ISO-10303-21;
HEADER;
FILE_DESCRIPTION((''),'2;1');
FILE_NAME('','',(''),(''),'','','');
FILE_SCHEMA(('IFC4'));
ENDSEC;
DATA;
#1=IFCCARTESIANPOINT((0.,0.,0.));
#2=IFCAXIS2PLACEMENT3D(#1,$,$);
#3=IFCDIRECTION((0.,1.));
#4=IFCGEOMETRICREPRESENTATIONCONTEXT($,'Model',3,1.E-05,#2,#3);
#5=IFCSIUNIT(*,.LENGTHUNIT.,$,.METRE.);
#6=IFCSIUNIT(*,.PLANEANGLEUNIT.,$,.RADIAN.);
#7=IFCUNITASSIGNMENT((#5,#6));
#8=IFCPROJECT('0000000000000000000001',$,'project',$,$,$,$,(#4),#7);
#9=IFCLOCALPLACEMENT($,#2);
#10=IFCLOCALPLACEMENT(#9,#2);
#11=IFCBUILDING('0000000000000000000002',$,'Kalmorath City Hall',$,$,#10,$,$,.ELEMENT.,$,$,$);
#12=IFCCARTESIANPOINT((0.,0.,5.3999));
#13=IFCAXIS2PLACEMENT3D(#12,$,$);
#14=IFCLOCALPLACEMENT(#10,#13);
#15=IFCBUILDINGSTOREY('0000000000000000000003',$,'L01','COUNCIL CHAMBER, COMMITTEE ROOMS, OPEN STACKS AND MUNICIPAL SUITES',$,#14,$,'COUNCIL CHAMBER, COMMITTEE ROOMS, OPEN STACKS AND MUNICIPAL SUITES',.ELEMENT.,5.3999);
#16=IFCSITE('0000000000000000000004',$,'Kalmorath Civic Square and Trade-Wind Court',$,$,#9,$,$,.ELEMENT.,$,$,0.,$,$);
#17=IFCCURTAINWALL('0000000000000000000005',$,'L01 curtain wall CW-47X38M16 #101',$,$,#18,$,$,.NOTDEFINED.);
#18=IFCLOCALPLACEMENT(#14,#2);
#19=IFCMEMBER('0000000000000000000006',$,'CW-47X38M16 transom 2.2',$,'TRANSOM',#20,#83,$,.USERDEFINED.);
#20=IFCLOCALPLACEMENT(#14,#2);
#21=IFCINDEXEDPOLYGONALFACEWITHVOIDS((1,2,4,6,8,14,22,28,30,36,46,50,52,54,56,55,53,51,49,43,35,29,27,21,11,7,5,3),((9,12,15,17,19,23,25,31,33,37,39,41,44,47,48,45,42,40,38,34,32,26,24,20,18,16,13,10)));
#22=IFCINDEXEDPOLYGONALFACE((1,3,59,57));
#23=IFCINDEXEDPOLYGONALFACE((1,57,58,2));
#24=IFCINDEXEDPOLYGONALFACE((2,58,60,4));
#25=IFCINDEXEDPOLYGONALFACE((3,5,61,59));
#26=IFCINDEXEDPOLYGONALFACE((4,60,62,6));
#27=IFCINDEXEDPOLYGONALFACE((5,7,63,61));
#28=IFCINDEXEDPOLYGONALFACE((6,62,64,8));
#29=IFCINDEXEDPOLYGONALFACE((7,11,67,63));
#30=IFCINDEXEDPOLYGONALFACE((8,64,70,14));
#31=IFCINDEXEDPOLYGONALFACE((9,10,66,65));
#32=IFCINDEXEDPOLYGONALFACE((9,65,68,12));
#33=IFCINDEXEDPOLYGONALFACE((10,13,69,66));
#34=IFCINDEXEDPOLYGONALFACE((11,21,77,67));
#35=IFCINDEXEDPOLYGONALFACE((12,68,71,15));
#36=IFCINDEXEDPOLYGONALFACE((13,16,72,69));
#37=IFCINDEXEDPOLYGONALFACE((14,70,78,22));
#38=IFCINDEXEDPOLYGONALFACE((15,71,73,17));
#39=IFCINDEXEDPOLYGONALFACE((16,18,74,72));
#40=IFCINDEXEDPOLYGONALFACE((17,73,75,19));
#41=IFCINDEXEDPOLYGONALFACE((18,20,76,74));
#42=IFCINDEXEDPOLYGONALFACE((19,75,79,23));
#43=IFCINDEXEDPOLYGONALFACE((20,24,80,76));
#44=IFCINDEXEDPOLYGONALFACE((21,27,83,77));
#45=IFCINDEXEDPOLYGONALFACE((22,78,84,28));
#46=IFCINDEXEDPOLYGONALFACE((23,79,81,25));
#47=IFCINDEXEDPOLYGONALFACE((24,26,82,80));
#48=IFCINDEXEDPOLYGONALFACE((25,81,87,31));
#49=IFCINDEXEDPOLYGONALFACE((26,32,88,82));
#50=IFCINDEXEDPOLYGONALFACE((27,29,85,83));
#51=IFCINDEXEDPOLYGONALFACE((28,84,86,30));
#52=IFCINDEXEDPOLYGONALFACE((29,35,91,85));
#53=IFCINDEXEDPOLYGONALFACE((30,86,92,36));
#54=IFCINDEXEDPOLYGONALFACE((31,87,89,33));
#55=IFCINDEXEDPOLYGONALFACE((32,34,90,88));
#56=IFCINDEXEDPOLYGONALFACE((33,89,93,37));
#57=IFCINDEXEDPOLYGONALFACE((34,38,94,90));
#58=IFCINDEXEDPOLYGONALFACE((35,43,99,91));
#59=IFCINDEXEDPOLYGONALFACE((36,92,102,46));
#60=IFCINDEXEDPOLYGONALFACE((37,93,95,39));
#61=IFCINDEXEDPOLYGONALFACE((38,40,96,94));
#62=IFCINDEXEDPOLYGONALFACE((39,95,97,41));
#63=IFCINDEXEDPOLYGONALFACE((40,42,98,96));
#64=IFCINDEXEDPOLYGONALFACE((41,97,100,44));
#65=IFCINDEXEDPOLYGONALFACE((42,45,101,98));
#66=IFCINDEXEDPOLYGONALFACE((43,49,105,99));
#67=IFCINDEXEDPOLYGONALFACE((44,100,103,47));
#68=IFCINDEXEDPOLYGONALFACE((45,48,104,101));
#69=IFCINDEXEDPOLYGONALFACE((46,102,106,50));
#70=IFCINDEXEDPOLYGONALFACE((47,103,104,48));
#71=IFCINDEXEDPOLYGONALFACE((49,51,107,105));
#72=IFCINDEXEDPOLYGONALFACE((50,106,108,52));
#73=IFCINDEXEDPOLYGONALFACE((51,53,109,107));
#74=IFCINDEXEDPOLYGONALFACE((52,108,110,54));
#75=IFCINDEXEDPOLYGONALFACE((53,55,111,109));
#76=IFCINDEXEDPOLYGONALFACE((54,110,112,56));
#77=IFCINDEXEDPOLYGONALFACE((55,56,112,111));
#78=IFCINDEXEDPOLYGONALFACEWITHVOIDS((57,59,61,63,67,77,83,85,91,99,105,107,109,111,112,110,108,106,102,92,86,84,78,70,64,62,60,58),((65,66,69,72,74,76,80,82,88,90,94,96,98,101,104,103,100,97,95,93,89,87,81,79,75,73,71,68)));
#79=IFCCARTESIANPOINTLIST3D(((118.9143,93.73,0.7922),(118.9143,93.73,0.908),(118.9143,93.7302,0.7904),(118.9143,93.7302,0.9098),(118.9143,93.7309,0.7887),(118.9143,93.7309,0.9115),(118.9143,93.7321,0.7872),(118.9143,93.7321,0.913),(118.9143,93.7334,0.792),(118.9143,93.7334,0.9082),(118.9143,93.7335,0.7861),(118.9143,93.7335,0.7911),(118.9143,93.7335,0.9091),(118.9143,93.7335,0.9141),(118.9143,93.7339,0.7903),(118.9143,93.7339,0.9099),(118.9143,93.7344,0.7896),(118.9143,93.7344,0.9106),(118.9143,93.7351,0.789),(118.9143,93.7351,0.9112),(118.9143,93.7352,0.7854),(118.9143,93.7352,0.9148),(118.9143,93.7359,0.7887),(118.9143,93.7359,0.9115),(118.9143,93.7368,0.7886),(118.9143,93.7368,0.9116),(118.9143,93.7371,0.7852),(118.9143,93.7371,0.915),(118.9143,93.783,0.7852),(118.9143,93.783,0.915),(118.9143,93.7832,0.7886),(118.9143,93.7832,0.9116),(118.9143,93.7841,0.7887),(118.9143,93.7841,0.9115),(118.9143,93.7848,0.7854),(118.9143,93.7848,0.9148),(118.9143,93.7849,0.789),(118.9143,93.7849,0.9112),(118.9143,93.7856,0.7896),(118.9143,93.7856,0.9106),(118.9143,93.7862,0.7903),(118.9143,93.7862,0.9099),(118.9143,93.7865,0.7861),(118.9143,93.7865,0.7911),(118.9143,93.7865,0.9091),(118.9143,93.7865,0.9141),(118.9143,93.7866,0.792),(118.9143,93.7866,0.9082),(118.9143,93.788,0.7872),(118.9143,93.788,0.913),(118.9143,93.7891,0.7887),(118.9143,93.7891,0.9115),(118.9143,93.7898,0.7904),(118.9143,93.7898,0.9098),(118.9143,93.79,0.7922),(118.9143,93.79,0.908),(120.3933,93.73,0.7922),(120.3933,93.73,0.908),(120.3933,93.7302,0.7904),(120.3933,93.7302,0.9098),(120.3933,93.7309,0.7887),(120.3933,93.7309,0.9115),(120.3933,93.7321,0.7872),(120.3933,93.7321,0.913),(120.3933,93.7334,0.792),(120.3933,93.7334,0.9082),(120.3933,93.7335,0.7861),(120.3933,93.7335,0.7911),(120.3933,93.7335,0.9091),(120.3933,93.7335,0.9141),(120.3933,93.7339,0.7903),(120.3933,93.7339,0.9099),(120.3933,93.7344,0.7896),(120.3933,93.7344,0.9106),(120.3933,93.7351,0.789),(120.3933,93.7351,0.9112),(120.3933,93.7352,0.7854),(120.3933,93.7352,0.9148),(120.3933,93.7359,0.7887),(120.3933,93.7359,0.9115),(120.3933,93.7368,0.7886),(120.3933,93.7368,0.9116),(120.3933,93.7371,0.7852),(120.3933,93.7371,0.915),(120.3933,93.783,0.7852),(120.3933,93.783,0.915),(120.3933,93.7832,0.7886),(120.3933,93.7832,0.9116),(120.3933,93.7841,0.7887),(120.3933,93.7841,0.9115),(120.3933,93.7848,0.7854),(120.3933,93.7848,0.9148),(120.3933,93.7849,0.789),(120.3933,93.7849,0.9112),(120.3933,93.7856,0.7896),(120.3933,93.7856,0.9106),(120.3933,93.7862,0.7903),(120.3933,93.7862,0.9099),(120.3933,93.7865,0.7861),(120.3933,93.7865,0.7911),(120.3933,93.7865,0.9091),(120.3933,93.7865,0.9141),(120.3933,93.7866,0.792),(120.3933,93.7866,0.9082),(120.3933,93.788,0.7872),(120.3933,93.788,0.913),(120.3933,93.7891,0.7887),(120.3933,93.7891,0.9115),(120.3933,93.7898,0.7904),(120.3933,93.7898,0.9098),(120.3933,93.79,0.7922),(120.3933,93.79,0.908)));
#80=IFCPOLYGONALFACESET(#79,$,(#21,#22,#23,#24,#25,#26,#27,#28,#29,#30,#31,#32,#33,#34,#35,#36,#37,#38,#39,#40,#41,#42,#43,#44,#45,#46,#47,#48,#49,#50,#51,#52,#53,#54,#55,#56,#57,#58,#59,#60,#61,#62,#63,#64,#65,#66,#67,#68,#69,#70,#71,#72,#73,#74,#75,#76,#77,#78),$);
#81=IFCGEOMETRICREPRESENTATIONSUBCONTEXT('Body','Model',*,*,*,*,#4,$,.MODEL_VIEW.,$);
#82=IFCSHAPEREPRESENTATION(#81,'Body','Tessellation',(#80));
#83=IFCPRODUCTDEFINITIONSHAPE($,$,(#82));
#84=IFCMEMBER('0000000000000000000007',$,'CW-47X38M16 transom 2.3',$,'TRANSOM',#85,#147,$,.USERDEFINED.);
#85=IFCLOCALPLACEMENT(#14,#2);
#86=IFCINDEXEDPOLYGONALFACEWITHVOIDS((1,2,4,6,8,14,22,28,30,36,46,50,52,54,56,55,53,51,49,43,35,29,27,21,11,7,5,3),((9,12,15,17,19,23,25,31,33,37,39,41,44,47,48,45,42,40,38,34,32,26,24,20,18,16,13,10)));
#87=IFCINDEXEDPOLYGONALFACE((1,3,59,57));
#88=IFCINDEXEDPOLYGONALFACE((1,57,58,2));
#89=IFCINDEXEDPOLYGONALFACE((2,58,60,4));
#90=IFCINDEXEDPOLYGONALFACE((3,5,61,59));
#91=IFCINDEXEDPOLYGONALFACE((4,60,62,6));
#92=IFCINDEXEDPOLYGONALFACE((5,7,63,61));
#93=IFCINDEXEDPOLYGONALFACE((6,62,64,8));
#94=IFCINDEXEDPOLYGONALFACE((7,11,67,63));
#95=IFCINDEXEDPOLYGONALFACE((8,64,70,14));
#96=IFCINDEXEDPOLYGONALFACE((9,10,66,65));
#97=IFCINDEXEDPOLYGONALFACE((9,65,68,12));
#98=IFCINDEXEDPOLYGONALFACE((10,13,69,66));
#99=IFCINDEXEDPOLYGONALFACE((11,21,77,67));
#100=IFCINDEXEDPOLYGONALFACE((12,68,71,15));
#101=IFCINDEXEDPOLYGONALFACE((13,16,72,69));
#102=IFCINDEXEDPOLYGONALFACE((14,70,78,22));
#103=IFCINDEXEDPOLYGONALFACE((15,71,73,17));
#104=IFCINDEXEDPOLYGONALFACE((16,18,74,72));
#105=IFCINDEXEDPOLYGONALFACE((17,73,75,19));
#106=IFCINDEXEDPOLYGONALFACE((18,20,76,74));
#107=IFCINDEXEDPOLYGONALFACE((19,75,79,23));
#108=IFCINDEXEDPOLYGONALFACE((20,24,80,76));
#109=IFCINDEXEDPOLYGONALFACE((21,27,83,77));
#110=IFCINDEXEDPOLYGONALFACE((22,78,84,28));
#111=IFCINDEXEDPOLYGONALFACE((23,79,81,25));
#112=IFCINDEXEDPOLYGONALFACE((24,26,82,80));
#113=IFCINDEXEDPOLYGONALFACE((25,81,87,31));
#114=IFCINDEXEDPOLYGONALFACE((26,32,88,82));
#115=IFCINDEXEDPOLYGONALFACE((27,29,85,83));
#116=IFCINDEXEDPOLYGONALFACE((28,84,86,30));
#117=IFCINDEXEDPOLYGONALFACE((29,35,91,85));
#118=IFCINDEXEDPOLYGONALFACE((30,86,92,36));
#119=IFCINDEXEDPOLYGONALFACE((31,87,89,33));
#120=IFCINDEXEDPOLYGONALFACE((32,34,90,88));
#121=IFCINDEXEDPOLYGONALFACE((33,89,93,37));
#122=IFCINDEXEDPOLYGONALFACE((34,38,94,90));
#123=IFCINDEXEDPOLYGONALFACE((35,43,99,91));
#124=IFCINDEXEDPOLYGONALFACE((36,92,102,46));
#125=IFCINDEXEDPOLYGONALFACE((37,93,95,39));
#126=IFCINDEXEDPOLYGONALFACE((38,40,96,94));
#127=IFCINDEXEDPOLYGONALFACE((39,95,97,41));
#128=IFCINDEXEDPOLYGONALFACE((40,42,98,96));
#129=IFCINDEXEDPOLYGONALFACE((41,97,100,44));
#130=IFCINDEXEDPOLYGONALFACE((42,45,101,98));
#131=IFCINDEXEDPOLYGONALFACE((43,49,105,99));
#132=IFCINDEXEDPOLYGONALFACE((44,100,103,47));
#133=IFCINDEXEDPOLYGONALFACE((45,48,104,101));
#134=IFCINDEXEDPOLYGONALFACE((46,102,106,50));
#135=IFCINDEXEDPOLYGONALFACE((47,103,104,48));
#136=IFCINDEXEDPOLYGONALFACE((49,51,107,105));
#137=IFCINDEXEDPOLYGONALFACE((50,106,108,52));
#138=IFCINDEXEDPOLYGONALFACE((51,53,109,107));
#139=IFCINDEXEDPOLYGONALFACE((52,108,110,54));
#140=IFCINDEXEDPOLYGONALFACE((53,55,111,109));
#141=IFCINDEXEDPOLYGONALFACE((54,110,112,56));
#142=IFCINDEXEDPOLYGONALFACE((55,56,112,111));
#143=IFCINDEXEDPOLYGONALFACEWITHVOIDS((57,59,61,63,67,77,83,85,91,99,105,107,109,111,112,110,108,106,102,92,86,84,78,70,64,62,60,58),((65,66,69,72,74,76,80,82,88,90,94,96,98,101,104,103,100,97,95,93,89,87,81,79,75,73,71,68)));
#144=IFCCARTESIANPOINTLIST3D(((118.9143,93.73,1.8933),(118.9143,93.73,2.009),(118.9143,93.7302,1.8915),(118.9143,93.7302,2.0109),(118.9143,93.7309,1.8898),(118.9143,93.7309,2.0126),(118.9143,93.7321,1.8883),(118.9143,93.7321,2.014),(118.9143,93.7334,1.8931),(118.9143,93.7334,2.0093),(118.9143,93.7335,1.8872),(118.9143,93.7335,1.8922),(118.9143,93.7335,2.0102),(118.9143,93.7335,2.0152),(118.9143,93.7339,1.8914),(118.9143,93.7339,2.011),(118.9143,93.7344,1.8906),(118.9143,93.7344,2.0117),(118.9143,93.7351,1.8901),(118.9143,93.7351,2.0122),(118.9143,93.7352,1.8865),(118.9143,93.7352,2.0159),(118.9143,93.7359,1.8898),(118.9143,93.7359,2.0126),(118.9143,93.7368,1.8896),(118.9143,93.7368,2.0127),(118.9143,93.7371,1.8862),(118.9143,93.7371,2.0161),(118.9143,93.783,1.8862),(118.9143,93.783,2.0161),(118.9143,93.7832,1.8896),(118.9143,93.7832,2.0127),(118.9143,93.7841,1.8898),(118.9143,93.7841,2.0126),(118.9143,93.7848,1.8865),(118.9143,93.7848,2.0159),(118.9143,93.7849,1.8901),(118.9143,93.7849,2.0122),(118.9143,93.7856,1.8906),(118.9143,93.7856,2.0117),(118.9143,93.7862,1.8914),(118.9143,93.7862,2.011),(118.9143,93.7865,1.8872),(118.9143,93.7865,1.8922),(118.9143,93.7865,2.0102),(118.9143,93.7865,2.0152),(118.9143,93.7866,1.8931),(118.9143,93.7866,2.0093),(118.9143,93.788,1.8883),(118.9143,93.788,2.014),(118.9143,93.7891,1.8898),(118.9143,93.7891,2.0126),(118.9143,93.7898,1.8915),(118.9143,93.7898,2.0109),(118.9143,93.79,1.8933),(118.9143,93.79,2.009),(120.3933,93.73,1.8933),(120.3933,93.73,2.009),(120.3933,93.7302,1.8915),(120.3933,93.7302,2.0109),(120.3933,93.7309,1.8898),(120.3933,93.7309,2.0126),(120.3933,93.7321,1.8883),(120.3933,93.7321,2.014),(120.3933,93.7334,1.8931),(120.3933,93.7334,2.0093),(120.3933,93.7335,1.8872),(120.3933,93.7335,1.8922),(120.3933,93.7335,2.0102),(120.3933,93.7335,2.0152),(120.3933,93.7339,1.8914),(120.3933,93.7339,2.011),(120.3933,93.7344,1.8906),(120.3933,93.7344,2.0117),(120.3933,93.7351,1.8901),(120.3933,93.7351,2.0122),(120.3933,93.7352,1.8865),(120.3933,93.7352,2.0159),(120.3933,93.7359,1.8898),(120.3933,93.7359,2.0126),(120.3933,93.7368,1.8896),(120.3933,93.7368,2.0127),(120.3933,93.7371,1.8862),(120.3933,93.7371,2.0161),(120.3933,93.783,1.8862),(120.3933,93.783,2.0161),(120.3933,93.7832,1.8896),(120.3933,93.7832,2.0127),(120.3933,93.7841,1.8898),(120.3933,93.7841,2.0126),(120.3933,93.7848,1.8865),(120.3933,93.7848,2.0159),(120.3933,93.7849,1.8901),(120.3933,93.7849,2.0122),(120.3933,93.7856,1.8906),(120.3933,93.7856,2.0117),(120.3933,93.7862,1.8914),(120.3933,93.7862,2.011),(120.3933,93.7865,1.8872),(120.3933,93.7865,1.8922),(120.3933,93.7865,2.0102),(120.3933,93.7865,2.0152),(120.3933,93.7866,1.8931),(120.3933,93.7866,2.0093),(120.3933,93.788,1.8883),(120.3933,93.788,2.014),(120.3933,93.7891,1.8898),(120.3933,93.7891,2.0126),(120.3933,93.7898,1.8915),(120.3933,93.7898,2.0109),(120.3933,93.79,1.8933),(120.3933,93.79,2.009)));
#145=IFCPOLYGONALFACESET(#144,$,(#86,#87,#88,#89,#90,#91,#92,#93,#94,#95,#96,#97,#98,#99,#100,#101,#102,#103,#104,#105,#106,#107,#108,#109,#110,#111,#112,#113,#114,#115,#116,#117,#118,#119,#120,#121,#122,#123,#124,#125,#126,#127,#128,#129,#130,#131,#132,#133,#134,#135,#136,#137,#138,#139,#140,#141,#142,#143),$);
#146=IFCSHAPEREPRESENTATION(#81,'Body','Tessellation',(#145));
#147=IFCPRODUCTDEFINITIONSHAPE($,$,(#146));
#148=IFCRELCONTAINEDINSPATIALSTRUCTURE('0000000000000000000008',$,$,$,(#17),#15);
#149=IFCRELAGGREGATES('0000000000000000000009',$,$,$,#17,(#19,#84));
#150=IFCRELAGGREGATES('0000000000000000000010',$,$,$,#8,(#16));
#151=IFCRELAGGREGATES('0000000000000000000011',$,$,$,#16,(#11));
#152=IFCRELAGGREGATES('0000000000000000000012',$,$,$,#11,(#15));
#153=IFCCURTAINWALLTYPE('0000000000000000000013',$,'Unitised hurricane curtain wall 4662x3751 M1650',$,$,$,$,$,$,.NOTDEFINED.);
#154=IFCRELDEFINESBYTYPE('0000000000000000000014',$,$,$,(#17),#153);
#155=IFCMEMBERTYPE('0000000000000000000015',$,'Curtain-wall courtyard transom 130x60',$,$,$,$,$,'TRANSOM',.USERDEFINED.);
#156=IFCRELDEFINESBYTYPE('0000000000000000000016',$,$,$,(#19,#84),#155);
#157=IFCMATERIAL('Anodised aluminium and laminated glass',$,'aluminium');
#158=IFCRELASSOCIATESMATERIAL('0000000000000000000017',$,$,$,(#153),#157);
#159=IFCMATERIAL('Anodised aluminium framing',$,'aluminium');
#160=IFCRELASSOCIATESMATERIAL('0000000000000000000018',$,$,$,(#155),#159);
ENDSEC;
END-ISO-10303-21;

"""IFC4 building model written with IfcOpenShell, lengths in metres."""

from ifc_helpers import new_model, si_unit, direction, frame, origin, origin_2d, place, context, subcontext, project, spatial, hollow_rectangle, extrude, material, material_profile, profile_set, type_object, element, aggregate, save


model = new_model("IFC4")

# Units and contexts
model_context = context("Model", 3, precision=1e-05, world=origin(), true_north=direction((0.0, 1.0)))
body_context = subcontext(model_context, "Body", "Model", "MODEL_VIEW")
ifc_project = project(units=[si_unit("LENGTHUNIT", "METRE"), si_unit("PLANEANGLEUNIT", "RADIAN")], contexts=[model_context])

# Site, building, storey
site_placement = place(None, origin())
site = spatial("IfcSite", under=ifc_project, at=site_placement, Name="Kalmorath Civic Square and Trade-Wind Court", CompositionType="ELEMENT", RefElevation=0.0)
building_placement = place(site_placement, origin())
building = spatial("IfcBuilding", under=site, at=building_placement, Name="Kalmorath City Hall", CompositionType="ELEMENT")
storey_placement = place(building_placement, frame((0.0, 0.0, 5.3999)))
storey = spatial("IfcBuildingStorey", under=building, at=storey_placement, Name="L01", Description="COUNCIL CHAMBER, COMMITTEE ROOMS, OPEN STACKS AND MUNICIPAL SUITES", LongName="COUNCIL CHAMBER, COMMITTEE ROOMS, OPEN STACKS AND MUNICIPAL SUITES", CompositionType="ELEMENT", Elevation=5.3999)

# Curtain wall, members
ifc_material_1 = material(Name="Anodised aluminium and laminated glass", Category="aluminium")
curtain_wall_type = type_object("IfcCurtainWallType", Name="Unitised hurricane curtain wall 4662x3751 M1650", PredefinedType="NOTDEFINED", material=ifc_material_1)
curtain_wall_placement = place(storey_placement, origin())
curtain_wall = element("IfcCurtainWall", 1, at=curtain_wall_placement, inside=storey, type_object=curtain_wall_type, Name="L01 curtain wall CW-47X38M16 #101", PredefinedType="NOTDEFINED")
ifc_material_2 = material(Name="Anodised aluminium framing", Category="aluminium")
ifc_material_profile_1 = material_profile(ifc_material_2, hollow_rectangle(XDim=0.0601, YDim=0.1299, WallThickness=0.0034, InnerFilletRadius=0.0034, OuterFilletRadius=0.0071, at=origin_2d()), Name="ALU-TRN-130X60X3.5")
ifc_profile_set_1 = profile_set([ifc_material_profile_1], Name="Anodised aluminium framing")
member_type_1 = type_object("IfcMemberType", Name="Curtain-wall courtyard transom 130x60", ElementType="TRANSOM", PredefinedType="USERDEFINED", material=ifc_profile_set_1)
member_1_placement = place(storey_placement, frame((120.3933, 93.76, 0.8501), z_axis=(-1.0, 0.0, 0.0), x_axis=(0.0, -1.0, 0.0)))
member_1 = element("IfcMember", 2, at=member_1_placement, type_object=member_type_1, Name="CW-47X38M16 transom 2.2", ObjectType="TRANSOM", PredefinedType="USERDEFINED", context=body_context, shape_type="SweptSolid", body=[
    extrude(hollow_rectangle(XDim=0.0601, YDim=0.1299, WallThickness=0.0034, InnerFilletRadius=0.0034, OuterFilletRadius=0.0071, at=origin_2d()), origin(), (0.0, 0.0, 1.0), 1.479),
])
member_2_placement = place(storey_placement, frame((120.3933, 93.76, 1.9512), z_axis=(-1.0, 0.0, 0.0), x_axis=(0.0, -1.0, 0.0)))
member_2 = element("IfcMember", 3, at=member_2_placement, type_object=member_type_1, Name="CW-47X38M16 transom 2.3", ObjectType="TRANSOM", PredefinedType="USERDEFINED", context=body_context, shape_type="SweptSolid", body=[
    extrude(hollow_rectangle(XDim=0.0601, YDim=0.1299, WallThickness=0.0034, InnerFilletRadius=0.0034, OuterFilletRadius=0.0071, at=origin_2d()), origin(), (0.0, 0.0, 1.0), 1.479),
])
aggregate(curtain_wall, [member_1, member_2])

save(model, "model.ifc")
